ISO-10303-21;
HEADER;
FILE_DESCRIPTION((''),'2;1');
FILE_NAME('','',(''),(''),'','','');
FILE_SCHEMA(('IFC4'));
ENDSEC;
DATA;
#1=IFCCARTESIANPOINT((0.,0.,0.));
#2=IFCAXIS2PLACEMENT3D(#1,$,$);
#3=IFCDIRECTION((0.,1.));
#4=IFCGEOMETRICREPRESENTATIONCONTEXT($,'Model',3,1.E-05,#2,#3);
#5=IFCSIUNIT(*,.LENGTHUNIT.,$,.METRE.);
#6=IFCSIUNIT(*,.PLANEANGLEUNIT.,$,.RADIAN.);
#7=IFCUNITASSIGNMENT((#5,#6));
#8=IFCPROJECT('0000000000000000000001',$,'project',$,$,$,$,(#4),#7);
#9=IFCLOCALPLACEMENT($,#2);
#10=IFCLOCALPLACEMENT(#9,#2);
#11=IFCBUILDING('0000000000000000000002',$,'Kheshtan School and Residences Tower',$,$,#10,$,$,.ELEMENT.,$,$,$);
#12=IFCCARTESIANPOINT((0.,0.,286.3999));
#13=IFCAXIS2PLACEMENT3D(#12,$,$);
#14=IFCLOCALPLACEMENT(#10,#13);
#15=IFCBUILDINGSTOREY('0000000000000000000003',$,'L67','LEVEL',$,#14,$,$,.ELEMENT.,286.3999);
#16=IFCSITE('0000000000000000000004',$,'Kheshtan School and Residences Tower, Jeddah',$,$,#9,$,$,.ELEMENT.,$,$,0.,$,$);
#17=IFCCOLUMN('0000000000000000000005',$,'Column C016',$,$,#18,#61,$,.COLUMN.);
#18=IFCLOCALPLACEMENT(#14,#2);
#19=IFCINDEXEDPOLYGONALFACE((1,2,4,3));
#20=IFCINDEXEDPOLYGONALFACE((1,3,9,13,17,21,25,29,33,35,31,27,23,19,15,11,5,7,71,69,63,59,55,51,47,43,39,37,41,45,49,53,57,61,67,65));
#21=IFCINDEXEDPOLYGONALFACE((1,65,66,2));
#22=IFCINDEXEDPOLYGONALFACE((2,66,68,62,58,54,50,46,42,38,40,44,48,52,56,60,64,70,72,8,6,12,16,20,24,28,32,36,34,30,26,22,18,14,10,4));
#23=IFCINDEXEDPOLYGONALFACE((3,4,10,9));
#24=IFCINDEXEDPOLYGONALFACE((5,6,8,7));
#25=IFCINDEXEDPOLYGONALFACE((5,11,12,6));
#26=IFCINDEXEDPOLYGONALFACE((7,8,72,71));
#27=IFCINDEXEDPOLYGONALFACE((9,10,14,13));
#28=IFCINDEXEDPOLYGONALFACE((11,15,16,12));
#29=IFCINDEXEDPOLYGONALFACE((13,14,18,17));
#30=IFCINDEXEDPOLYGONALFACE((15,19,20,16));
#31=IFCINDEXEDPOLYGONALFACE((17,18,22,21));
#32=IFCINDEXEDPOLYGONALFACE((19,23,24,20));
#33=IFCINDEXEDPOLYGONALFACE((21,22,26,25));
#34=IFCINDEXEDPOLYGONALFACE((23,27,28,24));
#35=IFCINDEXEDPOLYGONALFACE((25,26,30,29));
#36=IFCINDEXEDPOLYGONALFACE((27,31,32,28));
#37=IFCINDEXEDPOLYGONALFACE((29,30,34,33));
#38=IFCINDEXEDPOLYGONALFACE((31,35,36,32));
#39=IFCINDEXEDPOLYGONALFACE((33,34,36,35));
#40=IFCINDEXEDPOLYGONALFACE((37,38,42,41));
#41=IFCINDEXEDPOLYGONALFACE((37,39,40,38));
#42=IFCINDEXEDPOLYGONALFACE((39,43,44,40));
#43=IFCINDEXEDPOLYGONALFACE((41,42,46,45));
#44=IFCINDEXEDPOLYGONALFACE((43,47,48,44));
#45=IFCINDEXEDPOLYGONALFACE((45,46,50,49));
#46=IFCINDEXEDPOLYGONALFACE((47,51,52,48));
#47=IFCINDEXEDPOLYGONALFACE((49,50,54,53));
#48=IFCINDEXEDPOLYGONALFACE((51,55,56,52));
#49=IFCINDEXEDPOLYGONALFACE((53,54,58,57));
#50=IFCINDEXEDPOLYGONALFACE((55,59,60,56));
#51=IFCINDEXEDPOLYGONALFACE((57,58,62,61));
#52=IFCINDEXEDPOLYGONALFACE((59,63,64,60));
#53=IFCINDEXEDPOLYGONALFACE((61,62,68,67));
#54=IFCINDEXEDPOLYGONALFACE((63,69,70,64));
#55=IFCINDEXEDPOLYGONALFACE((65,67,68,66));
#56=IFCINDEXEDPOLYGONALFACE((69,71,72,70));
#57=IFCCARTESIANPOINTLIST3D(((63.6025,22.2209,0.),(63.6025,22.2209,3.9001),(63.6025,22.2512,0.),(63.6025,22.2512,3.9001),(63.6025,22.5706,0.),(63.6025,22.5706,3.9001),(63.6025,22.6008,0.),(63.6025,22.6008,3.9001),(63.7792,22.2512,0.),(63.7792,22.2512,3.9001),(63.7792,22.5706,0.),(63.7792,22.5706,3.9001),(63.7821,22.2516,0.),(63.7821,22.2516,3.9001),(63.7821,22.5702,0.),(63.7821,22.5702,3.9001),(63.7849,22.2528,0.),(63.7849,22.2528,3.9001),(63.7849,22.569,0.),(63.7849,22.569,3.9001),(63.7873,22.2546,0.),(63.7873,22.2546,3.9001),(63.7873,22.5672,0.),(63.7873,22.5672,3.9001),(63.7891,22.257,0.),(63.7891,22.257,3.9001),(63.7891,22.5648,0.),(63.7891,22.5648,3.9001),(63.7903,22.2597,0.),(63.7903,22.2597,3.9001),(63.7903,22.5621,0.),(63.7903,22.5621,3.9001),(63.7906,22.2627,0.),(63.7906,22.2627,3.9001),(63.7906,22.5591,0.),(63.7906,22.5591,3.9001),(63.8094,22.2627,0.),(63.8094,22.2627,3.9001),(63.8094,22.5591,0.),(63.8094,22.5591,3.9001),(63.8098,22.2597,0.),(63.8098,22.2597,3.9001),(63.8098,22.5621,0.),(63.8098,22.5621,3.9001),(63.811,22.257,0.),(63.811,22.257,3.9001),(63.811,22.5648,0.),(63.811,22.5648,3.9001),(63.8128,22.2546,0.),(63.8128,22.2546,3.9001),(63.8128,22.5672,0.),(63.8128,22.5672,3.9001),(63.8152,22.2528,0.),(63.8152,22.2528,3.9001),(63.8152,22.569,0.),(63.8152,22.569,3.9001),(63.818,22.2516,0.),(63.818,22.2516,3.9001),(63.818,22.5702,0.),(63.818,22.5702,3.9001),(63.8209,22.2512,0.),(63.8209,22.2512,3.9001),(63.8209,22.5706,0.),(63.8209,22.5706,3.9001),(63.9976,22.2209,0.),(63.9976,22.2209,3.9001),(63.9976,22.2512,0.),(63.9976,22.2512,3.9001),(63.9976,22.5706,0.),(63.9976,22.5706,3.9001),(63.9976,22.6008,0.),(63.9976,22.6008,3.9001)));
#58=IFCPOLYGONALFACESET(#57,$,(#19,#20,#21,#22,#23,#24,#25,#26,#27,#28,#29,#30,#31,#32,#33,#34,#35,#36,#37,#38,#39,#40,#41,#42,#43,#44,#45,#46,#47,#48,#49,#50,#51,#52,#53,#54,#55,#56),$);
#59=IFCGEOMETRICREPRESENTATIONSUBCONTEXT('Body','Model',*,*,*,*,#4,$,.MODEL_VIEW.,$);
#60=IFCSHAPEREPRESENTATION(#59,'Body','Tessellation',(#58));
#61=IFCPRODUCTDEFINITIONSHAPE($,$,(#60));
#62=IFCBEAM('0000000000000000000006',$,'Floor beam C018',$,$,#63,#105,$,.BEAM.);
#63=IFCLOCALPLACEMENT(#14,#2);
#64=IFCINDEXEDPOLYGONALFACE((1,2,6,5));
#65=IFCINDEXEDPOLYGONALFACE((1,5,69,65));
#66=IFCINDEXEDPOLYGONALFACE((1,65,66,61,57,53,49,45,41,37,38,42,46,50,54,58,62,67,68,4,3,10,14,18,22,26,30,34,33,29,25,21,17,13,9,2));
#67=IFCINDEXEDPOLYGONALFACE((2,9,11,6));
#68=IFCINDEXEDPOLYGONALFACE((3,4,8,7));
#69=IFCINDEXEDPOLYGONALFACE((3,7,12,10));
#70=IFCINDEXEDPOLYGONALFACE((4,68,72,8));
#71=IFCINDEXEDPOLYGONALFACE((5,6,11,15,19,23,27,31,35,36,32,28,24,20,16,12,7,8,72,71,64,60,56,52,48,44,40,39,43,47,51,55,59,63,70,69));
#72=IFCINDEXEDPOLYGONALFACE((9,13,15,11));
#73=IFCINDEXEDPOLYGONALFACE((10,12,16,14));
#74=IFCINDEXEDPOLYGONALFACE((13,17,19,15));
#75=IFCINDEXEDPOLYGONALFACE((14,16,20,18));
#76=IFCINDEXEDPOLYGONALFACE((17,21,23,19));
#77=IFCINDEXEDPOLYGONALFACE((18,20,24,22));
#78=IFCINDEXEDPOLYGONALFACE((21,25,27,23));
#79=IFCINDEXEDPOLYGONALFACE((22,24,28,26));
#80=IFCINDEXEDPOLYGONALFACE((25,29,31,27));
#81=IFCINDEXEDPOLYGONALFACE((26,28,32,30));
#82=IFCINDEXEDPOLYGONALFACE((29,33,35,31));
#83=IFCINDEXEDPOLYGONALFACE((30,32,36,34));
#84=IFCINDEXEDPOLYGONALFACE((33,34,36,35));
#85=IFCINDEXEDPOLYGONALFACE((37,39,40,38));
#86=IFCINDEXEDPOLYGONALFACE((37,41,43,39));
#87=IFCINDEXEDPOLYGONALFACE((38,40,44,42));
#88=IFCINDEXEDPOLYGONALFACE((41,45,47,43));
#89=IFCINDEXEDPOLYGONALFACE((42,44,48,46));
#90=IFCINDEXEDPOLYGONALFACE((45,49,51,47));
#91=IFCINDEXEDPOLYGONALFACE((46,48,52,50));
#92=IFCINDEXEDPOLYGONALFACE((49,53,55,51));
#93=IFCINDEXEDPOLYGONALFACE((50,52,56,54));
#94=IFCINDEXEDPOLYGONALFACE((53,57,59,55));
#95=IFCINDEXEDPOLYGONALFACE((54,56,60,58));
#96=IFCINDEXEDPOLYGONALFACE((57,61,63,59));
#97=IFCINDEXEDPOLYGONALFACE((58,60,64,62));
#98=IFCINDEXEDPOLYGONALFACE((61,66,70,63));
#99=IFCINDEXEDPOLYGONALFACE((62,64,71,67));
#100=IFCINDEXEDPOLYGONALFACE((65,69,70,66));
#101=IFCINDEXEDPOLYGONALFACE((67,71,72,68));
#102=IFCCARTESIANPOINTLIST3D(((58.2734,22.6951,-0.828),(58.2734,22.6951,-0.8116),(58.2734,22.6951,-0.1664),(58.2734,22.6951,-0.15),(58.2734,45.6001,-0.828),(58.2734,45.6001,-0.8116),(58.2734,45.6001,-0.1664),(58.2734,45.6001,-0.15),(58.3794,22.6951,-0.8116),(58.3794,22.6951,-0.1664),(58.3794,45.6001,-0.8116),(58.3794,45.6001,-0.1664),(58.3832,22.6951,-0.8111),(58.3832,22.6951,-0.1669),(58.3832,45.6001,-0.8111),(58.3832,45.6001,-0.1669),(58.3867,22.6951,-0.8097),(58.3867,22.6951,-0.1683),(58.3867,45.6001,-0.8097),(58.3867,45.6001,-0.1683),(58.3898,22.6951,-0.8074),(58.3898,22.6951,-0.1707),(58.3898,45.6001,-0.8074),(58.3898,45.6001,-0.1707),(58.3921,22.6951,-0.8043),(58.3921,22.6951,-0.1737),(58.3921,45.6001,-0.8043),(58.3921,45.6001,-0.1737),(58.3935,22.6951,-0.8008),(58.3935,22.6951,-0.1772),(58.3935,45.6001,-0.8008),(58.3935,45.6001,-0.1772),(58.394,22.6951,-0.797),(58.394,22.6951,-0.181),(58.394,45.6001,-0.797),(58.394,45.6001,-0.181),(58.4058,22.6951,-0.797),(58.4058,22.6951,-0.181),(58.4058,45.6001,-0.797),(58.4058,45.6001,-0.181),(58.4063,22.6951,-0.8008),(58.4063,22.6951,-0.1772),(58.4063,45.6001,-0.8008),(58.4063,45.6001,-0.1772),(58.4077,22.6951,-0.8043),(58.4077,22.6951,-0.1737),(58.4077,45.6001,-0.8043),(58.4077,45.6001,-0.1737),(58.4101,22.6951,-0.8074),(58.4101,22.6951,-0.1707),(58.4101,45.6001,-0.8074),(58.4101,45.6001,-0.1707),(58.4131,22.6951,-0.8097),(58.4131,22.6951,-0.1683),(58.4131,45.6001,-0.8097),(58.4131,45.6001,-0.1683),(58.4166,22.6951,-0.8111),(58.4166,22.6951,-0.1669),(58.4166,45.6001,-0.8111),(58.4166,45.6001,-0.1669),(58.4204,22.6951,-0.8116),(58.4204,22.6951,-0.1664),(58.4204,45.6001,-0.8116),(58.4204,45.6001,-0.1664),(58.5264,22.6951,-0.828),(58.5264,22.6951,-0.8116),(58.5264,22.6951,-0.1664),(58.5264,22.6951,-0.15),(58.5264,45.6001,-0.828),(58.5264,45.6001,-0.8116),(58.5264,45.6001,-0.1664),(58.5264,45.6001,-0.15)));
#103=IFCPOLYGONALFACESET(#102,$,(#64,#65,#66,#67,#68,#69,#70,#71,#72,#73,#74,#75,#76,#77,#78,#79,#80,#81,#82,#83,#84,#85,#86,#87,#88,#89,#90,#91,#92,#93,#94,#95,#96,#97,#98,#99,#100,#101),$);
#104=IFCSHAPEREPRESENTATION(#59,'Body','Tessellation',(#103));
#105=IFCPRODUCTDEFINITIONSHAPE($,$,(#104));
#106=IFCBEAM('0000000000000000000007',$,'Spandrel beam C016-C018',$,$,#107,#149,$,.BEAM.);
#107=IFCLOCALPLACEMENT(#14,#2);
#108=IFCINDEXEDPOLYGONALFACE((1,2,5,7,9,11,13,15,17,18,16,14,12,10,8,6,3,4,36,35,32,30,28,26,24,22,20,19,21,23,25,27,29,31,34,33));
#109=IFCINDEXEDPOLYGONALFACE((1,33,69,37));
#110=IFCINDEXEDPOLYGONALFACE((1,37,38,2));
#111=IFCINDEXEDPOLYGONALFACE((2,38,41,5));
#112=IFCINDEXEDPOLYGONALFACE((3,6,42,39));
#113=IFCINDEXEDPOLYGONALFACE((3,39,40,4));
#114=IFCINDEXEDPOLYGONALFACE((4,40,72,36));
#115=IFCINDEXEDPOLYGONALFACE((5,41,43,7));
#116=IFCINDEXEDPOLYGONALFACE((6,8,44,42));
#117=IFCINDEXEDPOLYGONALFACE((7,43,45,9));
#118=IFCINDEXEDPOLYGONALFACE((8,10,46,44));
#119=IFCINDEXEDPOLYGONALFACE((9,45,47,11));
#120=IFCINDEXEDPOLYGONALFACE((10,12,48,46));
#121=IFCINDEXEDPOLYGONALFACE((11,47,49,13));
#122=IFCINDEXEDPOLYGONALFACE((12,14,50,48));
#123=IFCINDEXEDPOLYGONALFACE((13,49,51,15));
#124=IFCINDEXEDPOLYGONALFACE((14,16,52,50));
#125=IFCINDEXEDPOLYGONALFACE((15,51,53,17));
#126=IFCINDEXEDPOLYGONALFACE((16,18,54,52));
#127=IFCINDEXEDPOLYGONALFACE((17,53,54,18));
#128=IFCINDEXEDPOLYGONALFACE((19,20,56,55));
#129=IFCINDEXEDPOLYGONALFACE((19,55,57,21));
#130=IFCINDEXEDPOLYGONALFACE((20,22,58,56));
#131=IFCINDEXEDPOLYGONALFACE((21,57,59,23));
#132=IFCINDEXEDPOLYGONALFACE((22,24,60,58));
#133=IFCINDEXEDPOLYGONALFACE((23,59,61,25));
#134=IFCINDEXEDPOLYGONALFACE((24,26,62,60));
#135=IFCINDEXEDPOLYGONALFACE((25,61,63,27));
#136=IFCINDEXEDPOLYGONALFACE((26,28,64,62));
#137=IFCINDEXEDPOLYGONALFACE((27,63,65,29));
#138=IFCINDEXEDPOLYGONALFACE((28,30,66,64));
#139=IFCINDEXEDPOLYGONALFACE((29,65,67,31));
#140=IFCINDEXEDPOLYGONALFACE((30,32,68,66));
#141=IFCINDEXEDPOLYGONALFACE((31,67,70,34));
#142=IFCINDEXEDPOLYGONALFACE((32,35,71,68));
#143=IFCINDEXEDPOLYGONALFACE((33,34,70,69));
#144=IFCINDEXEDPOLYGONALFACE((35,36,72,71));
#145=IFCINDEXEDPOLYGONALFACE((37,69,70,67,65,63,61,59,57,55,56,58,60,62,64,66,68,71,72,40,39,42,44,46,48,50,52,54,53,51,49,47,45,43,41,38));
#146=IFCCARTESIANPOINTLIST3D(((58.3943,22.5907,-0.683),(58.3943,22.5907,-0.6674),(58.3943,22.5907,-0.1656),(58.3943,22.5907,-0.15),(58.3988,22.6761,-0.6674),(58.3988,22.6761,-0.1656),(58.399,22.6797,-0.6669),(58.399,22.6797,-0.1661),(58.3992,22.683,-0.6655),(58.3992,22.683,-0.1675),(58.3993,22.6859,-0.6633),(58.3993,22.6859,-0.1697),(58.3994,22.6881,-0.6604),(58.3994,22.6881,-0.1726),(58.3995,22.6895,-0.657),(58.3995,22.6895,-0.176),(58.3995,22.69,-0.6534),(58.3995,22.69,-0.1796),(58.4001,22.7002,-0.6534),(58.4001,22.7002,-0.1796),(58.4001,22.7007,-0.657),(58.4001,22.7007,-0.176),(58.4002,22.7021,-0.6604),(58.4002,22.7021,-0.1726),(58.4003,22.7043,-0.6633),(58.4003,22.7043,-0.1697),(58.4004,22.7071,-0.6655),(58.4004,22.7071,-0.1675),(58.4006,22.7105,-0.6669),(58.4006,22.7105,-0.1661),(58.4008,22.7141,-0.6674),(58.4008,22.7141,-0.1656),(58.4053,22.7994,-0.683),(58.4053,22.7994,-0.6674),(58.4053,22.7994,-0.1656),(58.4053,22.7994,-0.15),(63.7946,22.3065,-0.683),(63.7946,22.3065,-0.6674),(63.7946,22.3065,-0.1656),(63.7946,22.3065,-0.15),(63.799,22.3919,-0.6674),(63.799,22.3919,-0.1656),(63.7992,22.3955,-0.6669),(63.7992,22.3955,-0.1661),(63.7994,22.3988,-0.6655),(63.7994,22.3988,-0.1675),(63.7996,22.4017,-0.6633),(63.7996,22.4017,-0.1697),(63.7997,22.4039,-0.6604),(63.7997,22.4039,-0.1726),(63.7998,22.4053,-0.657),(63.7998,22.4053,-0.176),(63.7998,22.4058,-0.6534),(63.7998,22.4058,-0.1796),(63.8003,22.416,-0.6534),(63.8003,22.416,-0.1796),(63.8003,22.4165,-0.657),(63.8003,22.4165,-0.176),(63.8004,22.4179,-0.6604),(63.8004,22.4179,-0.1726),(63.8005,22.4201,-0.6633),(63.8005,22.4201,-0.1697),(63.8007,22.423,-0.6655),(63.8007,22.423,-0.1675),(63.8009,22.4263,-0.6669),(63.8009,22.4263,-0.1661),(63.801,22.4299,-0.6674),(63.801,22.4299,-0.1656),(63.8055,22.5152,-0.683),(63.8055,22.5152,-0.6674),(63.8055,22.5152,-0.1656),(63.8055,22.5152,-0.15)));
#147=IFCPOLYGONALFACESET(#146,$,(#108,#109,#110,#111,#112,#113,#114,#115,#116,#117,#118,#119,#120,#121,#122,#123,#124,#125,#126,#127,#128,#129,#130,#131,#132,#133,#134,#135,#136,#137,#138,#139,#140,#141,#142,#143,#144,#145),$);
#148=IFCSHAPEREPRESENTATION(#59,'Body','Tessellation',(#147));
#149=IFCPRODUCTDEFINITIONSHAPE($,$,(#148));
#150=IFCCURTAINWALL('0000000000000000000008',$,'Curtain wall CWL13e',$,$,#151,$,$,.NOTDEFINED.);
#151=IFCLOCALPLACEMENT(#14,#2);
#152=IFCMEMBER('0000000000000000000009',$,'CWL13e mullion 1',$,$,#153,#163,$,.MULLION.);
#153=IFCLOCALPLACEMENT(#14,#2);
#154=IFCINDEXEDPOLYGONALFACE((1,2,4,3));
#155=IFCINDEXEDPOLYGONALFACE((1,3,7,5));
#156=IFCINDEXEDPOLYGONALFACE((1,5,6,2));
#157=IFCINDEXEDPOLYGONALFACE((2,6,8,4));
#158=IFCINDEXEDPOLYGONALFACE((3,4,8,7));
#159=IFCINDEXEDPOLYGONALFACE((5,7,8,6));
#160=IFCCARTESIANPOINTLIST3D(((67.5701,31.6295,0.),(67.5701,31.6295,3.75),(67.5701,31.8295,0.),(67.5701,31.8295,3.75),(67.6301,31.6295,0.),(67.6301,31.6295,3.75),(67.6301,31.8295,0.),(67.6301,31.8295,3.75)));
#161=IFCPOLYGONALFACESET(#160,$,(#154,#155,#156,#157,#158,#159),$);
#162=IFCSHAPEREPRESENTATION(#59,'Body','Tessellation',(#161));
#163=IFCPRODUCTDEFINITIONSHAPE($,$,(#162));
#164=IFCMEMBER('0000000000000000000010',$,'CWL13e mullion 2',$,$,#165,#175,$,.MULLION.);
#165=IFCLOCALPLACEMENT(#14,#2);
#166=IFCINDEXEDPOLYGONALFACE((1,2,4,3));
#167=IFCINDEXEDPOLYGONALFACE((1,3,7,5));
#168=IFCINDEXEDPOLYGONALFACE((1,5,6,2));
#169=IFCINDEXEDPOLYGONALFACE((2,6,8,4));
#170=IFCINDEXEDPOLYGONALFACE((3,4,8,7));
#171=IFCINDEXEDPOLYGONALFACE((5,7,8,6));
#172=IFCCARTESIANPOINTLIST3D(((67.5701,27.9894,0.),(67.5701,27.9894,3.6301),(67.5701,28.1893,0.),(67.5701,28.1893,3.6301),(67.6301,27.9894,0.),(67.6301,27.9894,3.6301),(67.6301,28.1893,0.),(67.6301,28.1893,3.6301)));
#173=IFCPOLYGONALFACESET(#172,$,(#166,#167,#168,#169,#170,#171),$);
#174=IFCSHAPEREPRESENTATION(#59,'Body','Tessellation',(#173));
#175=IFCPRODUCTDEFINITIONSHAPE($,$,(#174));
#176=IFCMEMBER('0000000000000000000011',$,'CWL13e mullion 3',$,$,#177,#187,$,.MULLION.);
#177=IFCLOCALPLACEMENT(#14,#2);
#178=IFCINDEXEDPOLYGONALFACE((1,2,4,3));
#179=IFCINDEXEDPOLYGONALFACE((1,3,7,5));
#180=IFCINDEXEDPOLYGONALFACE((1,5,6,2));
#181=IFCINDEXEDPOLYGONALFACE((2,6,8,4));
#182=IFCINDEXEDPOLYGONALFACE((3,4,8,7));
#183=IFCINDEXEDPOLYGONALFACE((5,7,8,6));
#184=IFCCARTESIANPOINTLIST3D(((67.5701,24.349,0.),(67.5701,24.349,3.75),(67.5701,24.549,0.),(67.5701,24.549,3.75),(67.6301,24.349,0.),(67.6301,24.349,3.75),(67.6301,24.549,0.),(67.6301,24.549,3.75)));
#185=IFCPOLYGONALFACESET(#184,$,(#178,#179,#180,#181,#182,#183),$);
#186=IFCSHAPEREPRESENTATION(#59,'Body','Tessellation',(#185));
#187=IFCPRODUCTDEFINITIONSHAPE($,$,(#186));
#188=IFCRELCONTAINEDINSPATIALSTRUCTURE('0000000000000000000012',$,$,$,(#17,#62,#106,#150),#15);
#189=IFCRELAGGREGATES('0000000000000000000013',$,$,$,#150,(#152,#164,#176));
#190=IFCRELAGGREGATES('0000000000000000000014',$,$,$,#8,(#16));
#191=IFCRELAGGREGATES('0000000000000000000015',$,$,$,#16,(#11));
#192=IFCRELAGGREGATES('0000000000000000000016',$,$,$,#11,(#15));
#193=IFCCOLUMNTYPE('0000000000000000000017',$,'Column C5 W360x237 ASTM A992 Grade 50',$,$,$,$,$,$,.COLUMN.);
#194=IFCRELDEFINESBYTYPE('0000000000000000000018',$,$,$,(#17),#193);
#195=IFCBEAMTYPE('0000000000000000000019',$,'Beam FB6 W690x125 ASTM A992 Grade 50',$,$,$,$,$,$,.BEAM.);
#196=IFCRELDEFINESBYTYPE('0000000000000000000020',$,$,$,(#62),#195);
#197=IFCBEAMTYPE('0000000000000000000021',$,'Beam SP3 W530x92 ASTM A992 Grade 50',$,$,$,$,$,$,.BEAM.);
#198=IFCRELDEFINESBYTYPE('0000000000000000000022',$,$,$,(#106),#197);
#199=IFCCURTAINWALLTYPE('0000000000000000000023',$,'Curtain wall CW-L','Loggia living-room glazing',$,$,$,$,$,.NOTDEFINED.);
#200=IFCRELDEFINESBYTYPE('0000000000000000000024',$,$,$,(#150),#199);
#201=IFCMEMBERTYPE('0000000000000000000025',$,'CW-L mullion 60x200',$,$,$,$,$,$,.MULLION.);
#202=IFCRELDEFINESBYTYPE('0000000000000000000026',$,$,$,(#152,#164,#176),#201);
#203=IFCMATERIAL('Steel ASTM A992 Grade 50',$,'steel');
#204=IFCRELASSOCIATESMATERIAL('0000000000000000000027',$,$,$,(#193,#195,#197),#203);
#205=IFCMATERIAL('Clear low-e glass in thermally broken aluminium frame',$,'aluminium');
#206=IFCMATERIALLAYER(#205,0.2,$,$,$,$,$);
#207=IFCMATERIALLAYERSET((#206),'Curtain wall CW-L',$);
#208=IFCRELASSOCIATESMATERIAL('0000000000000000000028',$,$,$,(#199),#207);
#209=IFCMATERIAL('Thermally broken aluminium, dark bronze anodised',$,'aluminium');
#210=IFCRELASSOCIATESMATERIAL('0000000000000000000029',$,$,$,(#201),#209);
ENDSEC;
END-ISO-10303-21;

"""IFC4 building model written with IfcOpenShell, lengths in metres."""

from ifc_helpers import new_model, si_unit, direction, frame, origin, origin_2d, place, context, subcontext, project, spatial, rectangle, i_section, extrude, material, layer, layer_set, material_profile, profile_set, type_object, element, aggregate, save


model = new_model("IFC4")

# Units and contexts
model_context = context("Model", 3, precision=1e-05, world=origin(), true_north=direction((0.0, 1.0)))
body_context = subcontext(model_context, "Body", "Model", "MODEL_VIEW")
ifc_project = project(units=[si_unit("LENGTHUNIT", "METRE"), si_unit("PLANEANGLEUNIT", "RADIAN")], contexts=[model_context])

# Site, building, storey
site_placement = place(None, origin())
site = spatial("IfcSite", under=ifc_project, at=site_placement, Name="Kheshtan School and Residences Tower, Jeddah", CompositionType="ELEMENT", RefElevation=0.0)
building_placement = place(site_placement, origin())
building = spatial("IfcBuilding", under=site, at=building_placement, Name="Kheshtan School and Residences Tower", CompositionType="ELEMENT")
storey_placement = place(building_placement, frame((0.0, 0.0, 286.3999)))
storey = spatial("IfcBuildingStorey", under=building, at=storey_placement, Name="L67", Description="LEVEL", CompositionType="ELEMENT", Elevation=286.3999)

# Column
ifc_material_1 = material(Name="Steel ASTM A992 Grade 50", Category="steel")
ifc_material_profile_1 = material_profile(ifc_material_1, i_section(OverallWidth=0.395, OverallDepth=0.3799, WebThickness=0.0188, FlangeThickness=0.0303, FilletRadius=0.0115, at=origin_2d()), Name="W360x237")
ifc_profile_set_1 = profile_set([ifc_material_profile_1], Name="Steel ASTM A992 Grade 50")
column_type = type_object("IfcColumnType", Name="Column C5 W360x237 ASTM A992 Grade 50", PredefinedType="COLUMN", material=ifc_profile_set_1)
column_placement = place(storey_placement, frame((63.8, 22.4109, 0.0), z_axis=(0.0, 0.0, 1.0), x_axis=(1.0, 0.0, 0.0)))
element("IfcColumn", 1, at=column_placement, inside=storey, type_object=column_type, Name="Column C016", PredefinedType="COLUMN", context=body_context, shape_type="SweptSolid", body=[
    extrude(i_section(OverallWidth=0.395, OverallDepth=0.3799, WebThickness=0.0188, FlangeThickness=0.0303, FilletRadius=0.0115, at=origin_2d()), origin(), (0.0, 0.0, 1.0), 3.9001),
])

# Beams
ifc_material_profile_2 = material_profile(ifc_material_1, i_section(OverallWidth=0.2529, OverallDepth=0.678, WebThickness=0.0117, FlangeThickness=0.0164, FilletRadius=0.0146, at=origin_2d()), Name="W690x125")
ifc_profile_set_2 = profile_set([ifc_material_profile_2], Name="Steel ASTM A992 Grade 50")
beam_type_1 = type_object("IfcBeamType", Name="Beam FB6 W690x125 ASTM A992 Grade 50", PredefinedType="BEAM", material=ifc_profile_set_2)
beam_1_placement = place(storey_placement, frame((58.3999, 22.6951, -0.489), z_axis=(0.0, 1.0, 0.0), x_axis=(-1.0, 0.0, 0.0)))
element("IfcBeam", 2, at=beam_1_placement, inside=storey, type_object=beam_type_1, Name="Floor beam C018", PredefinedType="BEAM", context=body_context, shape_type="SweptSolid", body=[
    extrude(i_section(OverallWidth=0.2529, OverallDepth=0.678, WebThickness=0.0117, FlangeThickness=0.0164, FilletRadius=0.0146, at=origin_2d()), origin(), (0.0, 0.0, 1.0), 22.905),
])
ifc_material_profile_3 = material_profile(ifc_material_1, i_section(OverallWidth=0.209, OverallDepth=0.533, WebThickness=0.0103, FlangeThickness=0.0156, FilletRadius=0.0139, at=origin_2d()), Name="W530x92")
ifc_profile_set_3 = profile_set([ifc_material_profile_3], Name="Steel ASTM A992 Grade 50")
beam_type_2 = type_object("IfcBeamType", Name="Beam SP3 W530x92 ASTM A992 Grade 50", PredefinedType="BEAM", material=ifc_profile_set_3)
beam_2_placement = place(storey_placement, frame((63.8, 22.4109, -0.4165), z_axis=(-0.998618, 0.052552, 0.0), x_axis=(-0.052552, -0.998618, 0.0)))
element("IfcBeam", 3, at=beam_2_placement, inside=storey, type_object=beam_type_2, Name="Spandrel beam C016-C018", PredefinedType="BEAM", context=body_context, shape_type="SweptSolid", body=[
    extrude(i_section(OverallWidth=0.209, OverallDepth=0.533, WebThickness=0.0103, FlangeThickness=0.0156, FilletRadius=0.0139, at=origin_2d()), origin(), (0.0, 0.0, 1.0), 5.4077),
])

# Curtain wall, members
ifc_material_2 = material(Name="Clear low-e glass in thermally broken aluminium frame", Category="aluminium")
ifc_layer_1 = layer(ifc_material_2, 0.2)
ifc_layer_set_1 = layer_set([ifc_layer_1], Name="Curtain wall CW-L")
curtain_wall_type = type_object("IfcCurtainWallType", Name="Curtain wall CW-L", Description="Loggia living-room glazing", PredefinedType="NOTDEFINED", material=ifc_layer_set_1)
curtain_wall_placement = place(storey_placement, origin())
curtain_wall = element("IfcCurtainWall", 4, at=curtain_wall_placement, inside=storey, type_object=curtain_wall_type, Name="Curtain wall CWL13e", PredefinedType="NOTDEFINED")
ifc_material_3 = material(Name="Thermally broken aluminium, dark bronze anodised", Category="aluminium")
ifc_material_profile_4 = material_profile(ifc_material_3, rectangle(XDim=0.0601, YDim=0.2, at=origin_2d()), Name="CW-L mullion 60x200")
ifc_profile_set_4 = profile_set([ifc_material_profile_4], Name="Thermally broken aluminium, dark bronze anodised")
member_type_1 = type_object("IfcMemberType", Name="CW-L mullion 60x200", PredefinedType="MULLION", material=ifc_profile_set_4)
member_1_placement = place(storey_placement, frame((67.6001, 31.7295, 0.0), z_axis=(0.0, 0.0, 1.0), x_axis=(1.0, 0.0, 0.0)))
member_1 = element("IfcMember", 5, at=member_1_placement, type_object=member_type_1, Name="CWL13e mullion 1", PredefinedType="MULLION", context=body_context, shape_type="SweptSolid", body=[
    extrude(rectangle(XDim=0.0601, YDim=0.2, at=origin_2d()), origin(), (0.0, 0.0, 1.0), 3.75),
])
member_2_placement = place(storey_placement, frame((67.6001, 28.0894, 0.0), z_axis=(0.0, 0.0, 1.0), x_axis=(1.0, 0.0, 0.0)))
member_2 = element("IfcMember", 6, at=member_2_placement, type_object=member_type_1, Name="CWL13e mullion 2", PredefinedType="MULLION", context=body_context, shape_type="SweptSolid", body=[
    extrude(rectangle(XDim=0.0601, YDim=0.2, at=origin_2d()), origin(), (0.0, 0.0, 1.0), 3.6301),
])
member_3_placement = place(storey_placement, frame((67.6001, 24.449, 0.0), z_axis=(0.0, 0.0, 1.0), x_axis=(1.0, 0.0, 0.0)))
member_3 = element("IfcMember", 7, at=member_3_placement, type_object=member_type_1, Name="CWL13e mullion 3", PredefinedType="MULLION", context=body_context, shape_type="SweptSolid", body=[
    extrude(rectangle(XDim=0.0601, YDim=0.2, at=origin_2d()), origin(), (0.0, 0.0, 1.0), 3.75),
])
aggregate(curtain_wall, [member_1, member_2, member_3])

save(model, "model.ifc")
